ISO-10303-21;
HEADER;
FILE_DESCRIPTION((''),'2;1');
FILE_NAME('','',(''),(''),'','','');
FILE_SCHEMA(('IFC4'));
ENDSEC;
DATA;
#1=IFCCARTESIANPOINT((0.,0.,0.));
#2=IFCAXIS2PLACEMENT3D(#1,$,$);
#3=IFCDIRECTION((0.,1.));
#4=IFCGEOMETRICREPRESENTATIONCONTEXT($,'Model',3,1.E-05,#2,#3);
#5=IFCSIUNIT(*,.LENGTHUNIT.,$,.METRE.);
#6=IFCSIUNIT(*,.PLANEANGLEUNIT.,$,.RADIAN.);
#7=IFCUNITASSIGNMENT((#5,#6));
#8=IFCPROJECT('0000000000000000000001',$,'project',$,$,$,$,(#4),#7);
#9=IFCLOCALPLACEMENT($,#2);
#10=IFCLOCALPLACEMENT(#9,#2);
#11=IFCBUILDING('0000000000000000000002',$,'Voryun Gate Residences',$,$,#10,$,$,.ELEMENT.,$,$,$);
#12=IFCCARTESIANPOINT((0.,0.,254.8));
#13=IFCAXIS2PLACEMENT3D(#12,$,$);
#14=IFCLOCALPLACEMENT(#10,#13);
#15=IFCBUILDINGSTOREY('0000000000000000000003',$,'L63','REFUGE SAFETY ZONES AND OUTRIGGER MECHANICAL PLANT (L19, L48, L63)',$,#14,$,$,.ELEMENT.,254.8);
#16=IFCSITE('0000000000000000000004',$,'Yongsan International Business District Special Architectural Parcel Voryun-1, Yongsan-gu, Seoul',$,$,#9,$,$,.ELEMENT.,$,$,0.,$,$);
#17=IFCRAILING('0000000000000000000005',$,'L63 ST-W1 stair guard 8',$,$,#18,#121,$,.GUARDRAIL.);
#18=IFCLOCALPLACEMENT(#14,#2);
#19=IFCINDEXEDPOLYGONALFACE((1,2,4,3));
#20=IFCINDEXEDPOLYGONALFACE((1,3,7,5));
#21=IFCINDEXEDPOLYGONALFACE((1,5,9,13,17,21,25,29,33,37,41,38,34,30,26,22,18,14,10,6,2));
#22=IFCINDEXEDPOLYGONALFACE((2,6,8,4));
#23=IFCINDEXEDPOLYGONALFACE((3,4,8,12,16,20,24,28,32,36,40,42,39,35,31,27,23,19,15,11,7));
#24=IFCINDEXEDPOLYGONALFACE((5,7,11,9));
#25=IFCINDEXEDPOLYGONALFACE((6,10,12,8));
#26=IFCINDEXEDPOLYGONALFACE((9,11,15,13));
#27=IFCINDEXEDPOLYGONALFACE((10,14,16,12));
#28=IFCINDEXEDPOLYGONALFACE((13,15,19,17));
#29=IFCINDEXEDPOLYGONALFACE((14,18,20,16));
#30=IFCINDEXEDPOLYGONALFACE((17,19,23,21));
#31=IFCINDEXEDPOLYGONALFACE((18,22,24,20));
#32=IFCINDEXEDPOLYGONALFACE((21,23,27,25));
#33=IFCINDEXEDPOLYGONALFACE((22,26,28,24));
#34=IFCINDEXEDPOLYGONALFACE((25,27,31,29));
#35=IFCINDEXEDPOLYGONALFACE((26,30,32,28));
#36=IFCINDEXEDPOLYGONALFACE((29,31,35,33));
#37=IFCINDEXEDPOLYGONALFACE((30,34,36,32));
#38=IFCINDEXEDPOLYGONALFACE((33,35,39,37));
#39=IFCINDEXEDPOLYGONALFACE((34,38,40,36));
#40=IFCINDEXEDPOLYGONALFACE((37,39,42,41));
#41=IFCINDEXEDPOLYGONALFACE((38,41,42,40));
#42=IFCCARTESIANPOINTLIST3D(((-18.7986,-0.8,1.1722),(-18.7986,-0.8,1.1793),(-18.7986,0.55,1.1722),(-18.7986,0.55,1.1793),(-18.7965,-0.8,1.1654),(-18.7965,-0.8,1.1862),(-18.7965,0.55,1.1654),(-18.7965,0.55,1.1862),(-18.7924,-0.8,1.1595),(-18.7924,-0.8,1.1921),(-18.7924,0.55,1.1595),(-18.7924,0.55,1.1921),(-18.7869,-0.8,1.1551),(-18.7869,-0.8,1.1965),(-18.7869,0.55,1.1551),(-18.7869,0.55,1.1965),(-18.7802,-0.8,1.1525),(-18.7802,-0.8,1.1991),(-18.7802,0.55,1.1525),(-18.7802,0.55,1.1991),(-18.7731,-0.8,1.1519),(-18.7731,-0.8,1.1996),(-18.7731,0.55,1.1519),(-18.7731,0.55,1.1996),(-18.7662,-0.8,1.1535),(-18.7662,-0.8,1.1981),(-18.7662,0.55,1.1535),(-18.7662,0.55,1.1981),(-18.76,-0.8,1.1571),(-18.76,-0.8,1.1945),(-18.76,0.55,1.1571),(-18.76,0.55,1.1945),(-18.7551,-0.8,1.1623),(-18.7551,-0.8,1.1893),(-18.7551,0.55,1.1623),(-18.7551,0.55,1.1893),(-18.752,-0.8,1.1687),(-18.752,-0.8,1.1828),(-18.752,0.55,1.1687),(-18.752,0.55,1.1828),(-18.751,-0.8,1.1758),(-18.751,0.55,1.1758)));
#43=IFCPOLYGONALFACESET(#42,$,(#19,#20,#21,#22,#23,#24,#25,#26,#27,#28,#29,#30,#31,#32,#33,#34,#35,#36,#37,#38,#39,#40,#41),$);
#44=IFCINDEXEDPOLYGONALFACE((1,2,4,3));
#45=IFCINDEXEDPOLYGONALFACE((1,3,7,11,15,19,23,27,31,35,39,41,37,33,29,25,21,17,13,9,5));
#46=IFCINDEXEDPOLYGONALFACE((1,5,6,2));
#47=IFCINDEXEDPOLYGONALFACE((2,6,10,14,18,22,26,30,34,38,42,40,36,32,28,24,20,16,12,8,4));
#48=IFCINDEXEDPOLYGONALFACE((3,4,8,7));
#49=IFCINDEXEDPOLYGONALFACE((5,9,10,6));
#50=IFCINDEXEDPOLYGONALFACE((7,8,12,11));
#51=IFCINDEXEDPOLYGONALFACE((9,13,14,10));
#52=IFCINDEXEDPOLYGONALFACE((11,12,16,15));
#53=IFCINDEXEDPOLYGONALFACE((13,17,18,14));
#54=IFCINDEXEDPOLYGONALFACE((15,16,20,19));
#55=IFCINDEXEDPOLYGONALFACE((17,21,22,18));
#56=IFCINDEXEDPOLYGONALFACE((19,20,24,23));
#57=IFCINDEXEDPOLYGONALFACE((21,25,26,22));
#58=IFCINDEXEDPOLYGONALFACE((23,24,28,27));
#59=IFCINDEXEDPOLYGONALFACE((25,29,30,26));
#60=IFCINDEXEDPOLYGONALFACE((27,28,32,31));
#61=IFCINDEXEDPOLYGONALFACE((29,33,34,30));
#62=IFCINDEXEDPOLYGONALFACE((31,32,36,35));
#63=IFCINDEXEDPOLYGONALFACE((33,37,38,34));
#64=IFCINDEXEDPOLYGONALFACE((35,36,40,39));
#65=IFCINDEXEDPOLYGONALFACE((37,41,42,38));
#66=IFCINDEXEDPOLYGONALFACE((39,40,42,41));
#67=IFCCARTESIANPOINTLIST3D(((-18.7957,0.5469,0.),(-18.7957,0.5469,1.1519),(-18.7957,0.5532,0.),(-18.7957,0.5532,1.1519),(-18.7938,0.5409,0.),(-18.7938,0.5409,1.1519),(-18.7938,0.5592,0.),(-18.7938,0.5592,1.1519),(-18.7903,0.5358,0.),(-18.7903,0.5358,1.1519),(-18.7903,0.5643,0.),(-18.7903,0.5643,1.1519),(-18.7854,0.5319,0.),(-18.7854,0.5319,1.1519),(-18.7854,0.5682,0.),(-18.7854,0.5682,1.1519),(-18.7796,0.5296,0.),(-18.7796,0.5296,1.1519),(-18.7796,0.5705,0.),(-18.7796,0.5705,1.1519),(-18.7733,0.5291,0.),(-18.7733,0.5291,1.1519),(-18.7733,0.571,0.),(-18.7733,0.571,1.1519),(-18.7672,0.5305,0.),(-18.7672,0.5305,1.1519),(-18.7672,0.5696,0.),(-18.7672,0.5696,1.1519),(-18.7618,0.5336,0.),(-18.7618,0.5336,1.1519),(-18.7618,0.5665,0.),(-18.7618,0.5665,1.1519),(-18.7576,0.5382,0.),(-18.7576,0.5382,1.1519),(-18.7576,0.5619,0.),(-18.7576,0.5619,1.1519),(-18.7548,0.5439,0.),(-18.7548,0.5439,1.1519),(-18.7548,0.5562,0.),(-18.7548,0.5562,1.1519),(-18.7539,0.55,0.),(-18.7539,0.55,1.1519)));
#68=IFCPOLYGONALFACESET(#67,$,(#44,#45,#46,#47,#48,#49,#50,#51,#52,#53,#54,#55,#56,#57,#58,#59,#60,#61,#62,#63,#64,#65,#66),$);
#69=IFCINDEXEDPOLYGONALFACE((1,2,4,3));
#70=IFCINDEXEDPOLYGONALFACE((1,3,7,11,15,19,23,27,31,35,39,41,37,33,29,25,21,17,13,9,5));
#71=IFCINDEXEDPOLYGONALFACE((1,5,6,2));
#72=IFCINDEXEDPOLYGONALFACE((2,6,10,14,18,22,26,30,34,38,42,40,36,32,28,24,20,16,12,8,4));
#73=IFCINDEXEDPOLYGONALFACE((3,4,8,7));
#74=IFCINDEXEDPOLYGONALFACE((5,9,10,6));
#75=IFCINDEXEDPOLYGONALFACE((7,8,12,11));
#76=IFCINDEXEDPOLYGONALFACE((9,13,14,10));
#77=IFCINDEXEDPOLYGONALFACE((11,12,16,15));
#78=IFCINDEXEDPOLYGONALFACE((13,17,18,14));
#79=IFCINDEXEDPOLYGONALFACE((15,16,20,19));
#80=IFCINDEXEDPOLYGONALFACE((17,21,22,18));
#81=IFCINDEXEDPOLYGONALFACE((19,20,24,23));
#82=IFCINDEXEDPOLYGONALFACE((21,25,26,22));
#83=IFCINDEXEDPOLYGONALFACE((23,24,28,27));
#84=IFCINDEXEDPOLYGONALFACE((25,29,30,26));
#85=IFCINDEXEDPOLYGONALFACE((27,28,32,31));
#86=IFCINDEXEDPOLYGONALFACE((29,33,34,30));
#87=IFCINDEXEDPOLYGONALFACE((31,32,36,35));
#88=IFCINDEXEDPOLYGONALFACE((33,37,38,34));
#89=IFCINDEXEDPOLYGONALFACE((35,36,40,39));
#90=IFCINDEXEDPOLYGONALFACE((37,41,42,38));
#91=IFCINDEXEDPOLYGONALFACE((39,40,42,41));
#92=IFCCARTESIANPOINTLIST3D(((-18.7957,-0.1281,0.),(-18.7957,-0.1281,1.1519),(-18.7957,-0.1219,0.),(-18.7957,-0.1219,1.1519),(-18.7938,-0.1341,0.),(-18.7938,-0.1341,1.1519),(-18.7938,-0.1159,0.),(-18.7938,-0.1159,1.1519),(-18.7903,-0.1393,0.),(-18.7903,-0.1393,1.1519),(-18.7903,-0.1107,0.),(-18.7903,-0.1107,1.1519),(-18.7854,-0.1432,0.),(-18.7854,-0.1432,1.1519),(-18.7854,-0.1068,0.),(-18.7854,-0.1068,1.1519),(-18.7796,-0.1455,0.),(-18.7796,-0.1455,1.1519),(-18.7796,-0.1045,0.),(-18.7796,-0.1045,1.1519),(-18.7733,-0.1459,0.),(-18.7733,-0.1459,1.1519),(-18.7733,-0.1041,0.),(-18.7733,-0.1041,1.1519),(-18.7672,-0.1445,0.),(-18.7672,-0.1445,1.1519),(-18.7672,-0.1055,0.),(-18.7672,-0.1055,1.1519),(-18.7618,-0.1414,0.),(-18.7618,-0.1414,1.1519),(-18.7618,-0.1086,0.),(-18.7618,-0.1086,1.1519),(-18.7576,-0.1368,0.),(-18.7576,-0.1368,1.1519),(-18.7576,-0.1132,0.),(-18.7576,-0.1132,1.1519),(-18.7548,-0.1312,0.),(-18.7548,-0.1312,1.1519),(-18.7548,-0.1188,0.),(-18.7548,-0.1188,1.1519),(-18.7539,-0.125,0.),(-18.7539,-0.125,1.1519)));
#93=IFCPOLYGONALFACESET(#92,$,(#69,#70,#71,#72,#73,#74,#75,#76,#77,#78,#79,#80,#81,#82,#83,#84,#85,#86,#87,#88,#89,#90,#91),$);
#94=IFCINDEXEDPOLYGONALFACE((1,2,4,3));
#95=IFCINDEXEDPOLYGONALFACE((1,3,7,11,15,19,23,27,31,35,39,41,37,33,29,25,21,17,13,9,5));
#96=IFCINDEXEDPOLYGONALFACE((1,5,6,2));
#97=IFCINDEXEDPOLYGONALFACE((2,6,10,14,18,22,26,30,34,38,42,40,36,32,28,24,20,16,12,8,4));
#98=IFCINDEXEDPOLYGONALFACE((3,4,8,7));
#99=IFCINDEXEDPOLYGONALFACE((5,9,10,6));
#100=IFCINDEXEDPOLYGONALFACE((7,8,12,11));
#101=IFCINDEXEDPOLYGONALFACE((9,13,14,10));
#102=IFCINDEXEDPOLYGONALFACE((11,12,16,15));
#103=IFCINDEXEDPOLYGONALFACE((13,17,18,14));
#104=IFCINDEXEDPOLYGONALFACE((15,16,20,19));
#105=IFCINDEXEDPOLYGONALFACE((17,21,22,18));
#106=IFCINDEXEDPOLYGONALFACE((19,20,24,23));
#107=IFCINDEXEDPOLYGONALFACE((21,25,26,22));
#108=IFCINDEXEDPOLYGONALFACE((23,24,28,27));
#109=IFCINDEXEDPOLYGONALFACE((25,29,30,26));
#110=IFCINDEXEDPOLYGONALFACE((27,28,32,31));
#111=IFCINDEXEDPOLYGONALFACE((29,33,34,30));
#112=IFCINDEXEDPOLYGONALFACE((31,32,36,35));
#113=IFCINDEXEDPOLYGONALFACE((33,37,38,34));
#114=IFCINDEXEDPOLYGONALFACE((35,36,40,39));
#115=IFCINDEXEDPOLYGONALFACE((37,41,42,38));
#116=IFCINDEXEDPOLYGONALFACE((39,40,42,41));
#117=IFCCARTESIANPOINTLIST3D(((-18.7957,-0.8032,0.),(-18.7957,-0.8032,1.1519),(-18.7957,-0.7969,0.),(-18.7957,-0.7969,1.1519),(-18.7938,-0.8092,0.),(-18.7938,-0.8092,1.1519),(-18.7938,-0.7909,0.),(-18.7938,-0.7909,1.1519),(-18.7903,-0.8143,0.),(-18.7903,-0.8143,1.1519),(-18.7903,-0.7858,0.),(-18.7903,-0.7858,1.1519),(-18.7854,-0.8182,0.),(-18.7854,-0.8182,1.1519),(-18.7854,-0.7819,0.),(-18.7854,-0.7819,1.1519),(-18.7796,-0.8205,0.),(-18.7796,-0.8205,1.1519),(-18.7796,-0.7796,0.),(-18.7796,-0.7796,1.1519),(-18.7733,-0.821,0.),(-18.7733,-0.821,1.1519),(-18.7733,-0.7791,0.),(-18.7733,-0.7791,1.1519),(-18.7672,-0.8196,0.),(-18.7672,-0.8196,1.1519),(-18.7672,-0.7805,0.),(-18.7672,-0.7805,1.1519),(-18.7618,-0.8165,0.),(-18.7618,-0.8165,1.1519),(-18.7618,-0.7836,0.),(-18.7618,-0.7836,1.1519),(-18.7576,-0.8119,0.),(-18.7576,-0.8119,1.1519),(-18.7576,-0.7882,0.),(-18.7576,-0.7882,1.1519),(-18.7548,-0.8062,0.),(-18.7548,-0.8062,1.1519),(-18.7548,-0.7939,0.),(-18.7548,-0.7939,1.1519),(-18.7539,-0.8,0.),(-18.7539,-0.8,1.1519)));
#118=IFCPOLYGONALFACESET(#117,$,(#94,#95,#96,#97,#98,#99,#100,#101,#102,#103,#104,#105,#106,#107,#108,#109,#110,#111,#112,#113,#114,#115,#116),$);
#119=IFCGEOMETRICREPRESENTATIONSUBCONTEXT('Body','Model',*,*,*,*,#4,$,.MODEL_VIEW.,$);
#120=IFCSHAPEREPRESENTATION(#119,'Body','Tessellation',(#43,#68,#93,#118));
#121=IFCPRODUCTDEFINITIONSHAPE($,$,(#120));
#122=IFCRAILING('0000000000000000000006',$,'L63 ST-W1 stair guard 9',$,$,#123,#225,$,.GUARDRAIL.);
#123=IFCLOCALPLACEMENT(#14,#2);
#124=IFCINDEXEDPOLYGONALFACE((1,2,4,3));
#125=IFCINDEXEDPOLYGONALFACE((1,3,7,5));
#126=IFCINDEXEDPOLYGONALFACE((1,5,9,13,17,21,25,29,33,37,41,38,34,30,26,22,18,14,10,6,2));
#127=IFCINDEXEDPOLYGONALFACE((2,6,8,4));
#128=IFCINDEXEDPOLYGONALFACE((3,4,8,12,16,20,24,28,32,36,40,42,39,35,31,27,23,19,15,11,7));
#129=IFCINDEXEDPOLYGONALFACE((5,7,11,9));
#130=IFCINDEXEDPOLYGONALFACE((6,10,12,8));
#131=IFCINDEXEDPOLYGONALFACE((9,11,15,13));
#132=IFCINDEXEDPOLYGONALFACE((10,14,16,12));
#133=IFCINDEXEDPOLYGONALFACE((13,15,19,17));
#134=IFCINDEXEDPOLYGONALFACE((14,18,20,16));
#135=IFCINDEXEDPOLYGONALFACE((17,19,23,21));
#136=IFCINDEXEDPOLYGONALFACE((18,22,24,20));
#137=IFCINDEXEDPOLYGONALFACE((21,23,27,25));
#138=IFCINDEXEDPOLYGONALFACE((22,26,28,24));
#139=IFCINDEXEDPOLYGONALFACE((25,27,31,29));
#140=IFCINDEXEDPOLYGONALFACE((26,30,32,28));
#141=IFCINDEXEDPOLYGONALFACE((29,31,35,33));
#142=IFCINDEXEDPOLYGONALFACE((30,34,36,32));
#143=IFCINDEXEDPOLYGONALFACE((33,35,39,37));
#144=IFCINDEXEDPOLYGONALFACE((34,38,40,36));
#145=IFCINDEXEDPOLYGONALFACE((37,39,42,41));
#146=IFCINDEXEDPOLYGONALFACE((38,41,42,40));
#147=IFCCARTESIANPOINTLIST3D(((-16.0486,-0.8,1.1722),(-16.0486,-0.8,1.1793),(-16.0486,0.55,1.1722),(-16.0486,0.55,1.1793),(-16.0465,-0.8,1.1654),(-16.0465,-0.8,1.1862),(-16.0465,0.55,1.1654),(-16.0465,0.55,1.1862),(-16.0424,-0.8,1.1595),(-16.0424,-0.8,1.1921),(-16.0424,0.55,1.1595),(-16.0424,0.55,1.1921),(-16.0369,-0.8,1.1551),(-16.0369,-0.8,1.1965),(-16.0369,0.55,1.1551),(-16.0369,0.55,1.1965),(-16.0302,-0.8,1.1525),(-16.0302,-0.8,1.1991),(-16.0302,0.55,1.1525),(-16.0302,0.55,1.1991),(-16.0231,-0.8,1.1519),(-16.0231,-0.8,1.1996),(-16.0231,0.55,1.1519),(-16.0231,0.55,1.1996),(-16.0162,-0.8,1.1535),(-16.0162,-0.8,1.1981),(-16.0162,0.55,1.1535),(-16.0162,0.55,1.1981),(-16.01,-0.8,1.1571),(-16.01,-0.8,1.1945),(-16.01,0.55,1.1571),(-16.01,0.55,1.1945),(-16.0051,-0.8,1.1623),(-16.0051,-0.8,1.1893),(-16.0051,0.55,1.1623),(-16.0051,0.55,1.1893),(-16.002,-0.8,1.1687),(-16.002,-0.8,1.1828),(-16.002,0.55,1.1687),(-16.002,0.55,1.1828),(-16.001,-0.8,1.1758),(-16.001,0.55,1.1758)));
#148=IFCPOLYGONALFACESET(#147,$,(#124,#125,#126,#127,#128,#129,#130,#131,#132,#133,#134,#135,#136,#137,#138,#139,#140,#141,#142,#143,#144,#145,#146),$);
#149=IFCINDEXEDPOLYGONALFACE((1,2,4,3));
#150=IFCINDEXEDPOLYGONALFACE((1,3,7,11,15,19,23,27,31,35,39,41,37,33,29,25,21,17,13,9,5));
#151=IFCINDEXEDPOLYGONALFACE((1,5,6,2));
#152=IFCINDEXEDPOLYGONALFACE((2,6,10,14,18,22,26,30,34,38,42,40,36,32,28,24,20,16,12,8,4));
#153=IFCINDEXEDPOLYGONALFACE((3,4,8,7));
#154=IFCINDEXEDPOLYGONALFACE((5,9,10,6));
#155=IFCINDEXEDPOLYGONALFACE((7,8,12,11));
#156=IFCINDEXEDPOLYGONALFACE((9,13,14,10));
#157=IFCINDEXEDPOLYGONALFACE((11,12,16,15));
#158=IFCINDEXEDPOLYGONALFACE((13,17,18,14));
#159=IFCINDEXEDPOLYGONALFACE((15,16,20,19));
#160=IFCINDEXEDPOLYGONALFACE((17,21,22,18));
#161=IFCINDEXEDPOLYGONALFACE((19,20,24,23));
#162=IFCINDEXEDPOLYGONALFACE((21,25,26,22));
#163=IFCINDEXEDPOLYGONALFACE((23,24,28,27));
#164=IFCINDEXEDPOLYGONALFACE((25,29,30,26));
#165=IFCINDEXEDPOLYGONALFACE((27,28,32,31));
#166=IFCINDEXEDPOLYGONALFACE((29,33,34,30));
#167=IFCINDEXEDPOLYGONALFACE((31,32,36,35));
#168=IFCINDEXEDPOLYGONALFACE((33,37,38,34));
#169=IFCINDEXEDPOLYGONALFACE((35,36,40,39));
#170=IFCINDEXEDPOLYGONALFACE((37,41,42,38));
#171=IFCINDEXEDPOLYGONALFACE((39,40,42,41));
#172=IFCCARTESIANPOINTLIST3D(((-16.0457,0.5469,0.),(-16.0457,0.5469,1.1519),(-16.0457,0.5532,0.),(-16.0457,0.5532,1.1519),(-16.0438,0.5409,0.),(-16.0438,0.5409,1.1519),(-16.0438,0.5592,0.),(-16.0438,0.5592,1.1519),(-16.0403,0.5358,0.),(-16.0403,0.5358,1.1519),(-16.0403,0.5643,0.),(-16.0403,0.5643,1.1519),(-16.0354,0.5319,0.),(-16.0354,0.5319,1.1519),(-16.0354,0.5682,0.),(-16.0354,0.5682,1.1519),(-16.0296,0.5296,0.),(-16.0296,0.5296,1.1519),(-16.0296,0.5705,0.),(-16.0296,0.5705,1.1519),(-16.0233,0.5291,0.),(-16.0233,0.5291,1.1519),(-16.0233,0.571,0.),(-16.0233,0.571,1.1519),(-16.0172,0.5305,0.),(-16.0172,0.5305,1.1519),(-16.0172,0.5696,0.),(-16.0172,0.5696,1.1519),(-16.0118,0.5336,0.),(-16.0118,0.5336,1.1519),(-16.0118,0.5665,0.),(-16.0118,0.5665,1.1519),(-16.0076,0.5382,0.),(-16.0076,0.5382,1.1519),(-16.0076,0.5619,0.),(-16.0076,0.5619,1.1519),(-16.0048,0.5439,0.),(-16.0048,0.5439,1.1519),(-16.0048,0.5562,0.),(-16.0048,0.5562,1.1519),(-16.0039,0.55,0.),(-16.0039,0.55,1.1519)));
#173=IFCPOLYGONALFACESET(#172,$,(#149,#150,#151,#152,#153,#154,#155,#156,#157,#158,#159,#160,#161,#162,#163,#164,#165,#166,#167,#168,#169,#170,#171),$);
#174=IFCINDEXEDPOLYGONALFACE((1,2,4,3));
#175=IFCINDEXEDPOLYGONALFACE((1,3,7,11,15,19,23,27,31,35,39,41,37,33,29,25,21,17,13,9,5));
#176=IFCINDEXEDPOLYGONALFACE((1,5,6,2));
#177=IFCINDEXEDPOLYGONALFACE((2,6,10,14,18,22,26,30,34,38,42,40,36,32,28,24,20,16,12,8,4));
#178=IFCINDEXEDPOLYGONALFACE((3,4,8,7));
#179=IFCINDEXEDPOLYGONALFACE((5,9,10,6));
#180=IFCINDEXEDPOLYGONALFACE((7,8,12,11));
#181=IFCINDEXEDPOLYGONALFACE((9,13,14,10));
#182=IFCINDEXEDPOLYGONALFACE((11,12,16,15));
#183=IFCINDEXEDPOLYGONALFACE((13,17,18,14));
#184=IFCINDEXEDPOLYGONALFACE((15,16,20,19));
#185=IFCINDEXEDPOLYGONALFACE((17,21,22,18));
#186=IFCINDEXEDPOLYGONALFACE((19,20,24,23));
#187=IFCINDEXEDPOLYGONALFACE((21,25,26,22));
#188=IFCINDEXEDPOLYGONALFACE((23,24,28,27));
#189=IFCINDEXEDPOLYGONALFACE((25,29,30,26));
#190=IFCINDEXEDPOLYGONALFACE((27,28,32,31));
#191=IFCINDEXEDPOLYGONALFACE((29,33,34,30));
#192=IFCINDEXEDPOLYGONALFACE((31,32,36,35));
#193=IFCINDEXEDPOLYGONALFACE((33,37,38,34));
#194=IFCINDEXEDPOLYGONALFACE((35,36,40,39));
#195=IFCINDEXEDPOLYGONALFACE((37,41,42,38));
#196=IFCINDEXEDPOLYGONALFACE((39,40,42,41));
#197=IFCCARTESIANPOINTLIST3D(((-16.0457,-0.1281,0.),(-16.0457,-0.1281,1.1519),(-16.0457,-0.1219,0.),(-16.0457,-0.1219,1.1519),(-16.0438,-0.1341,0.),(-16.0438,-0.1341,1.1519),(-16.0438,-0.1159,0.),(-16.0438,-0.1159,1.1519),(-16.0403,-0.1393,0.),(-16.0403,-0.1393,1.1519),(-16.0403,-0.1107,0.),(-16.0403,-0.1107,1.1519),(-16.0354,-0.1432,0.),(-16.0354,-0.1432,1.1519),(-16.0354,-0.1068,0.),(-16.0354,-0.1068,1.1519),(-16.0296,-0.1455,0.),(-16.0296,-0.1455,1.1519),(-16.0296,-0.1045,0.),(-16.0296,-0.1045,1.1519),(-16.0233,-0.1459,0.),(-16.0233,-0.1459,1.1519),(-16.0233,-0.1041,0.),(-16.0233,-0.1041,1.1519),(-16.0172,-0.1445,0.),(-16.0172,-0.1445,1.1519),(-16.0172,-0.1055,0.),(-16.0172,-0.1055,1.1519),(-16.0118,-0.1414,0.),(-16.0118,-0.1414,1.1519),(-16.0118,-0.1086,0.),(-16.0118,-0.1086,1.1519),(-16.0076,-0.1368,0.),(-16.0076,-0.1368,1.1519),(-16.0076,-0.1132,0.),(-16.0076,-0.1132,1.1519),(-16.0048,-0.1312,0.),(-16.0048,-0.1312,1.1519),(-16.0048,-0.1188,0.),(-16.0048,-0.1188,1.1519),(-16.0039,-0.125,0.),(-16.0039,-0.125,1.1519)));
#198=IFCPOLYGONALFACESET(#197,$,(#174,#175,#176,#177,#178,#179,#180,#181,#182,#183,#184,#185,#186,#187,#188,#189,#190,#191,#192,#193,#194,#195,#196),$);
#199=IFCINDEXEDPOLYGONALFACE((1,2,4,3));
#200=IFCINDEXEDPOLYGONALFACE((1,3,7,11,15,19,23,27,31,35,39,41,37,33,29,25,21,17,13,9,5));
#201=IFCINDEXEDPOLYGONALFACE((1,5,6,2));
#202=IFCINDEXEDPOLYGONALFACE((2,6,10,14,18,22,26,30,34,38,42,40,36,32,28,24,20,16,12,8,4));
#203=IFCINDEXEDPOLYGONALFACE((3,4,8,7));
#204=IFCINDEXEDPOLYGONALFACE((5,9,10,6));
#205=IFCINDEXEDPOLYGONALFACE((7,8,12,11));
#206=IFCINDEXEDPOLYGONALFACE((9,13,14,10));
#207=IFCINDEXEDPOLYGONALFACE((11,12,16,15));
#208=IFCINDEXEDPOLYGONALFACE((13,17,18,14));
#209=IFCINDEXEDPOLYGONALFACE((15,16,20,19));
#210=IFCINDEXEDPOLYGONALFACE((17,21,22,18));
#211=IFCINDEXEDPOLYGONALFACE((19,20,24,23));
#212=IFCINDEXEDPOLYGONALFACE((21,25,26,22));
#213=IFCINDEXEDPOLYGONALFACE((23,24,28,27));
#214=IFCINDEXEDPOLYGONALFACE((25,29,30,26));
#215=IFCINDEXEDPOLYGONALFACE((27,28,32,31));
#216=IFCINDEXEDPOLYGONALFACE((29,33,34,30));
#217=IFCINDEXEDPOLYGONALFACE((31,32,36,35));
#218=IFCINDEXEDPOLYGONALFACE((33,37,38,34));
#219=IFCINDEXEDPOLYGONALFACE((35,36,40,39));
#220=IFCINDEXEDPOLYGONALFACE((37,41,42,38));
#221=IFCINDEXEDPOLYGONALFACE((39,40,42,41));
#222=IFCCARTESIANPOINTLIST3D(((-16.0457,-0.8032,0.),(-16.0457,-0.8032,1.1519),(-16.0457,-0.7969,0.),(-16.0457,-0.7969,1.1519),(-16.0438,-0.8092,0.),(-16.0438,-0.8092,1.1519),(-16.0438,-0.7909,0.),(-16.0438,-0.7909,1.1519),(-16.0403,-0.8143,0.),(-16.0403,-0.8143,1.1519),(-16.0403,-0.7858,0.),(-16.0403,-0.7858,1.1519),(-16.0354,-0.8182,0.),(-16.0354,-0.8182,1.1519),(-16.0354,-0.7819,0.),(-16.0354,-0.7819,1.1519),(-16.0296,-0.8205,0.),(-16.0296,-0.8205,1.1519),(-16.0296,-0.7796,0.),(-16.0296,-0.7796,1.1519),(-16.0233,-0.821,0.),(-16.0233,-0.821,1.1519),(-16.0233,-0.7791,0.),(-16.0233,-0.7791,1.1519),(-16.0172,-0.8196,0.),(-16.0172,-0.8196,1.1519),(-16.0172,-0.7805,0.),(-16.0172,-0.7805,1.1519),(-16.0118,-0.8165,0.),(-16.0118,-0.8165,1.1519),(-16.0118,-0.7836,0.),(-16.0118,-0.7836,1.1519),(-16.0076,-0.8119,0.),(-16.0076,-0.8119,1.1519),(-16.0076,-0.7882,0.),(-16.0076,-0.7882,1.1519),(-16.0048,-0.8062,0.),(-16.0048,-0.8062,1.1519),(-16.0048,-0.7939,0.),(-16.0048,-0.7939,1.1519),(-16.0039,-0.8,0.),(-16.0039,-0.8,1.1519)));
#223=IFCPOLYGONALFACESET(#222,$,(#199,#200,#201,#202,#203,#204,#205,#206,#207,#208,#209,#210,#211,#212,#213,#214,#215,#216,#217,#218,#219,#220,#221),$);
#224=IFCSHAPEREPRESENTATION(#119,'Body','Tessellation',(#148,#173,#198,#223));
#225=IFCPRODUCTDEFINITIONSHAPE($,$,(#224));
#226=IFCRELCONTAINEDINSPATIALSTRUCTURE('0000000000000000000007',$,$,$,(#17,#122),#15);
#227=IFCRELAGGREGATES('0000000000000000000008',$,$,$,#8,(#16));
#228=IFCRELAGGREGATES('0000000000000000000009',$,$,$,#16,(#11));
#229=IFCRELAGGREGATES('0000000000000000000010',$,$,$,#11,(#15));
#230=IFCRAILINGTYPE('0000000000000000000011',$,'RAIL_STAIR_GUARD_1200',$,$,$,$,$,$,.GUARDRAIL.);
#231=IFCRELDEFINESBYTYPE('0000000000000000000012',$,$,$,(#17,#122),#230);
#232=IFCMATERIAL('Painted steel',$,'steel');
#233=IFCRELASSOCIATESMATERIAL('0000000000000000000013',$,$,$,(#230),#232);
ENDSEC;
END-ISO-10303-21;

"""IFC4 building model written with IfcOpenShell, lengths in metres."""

from ifc_helpers import new_model, si_unit, direction, frame, origin, origin_2d, place, context, subcontext, project, spatial, circle, extrude, material, type_object, element, save


model = new_model("IFC4")

# Units and contexts
model_context = context("Model", 3, precision=1e-05, world=origin(), true_north=direction((0.0, 1.0)))
body_context = subcontext(model_context, "Body", "Model", "MODEL_VIEW")
ifc_project = project(units=[si_unit("LENGTHUNIT", "METRE"), si_unit("PLANEANGLEUNIT", "RADIAN")], contexts=[model_context])

# Site, building, storey
site_placement = place(None, origin())
site = spatial("IfcSite", under=ifc_project, at=site_placement, Name="Yongsan International Business District Special Architectural Parcel Voryun-1, Yongsan-gu, Seoul", CompositionType="ELEMENT", RefElevation=0.0)
building_placement = place(site_placement, origin())
building = spatial("IfcBuilding", under=site, at=building_placement, Name="Voryun Gate Residences", CompositionType="ELEMENT")
storey_placement = place(building_placement, frame((0.0, 0.0, 254.8)))
storey = spatial("IfcBuildingStorey", under=building, at=storey_placement, Name="L63", Description="REFUGE SAFETY ZONES AND OUTRIGGER MECHANICAL PLANT (L19, L48, L63)", CompositionType="ELEMENT", Elevation=254.8)

# Railings
ifc_material_1 = material(Name="Painted steel", Category="steel")
railing_type = type_object("IfcRailingType", Name="RAIL_STAIR_GUARD_1200", PredefinedType="GUARDRAIL", material=ifc_material_1)
for number, where, name in (
    (1, (-18.7749, 0.55, 0.0), "L63 ST-W1 stair guard 8"),
    (2, (-16.0249, 0.55, 0.0), "L63 ST-W1 stair guard 9"),
):
    element("IfcRailing", number, at=place(storey_placement, frame(where)), inside=storey, type_object=railing_type, Name=name, PredefinedType="GUARDRAIL", context=body_context, shape_type="SweptSolid", body=[
        extrude(circle(Radius=0.0239, at=origin_2d()), frame((0.0, 0.0, 1.1758), z_axis=(0.0, -1.0, 0.0), x_axis=(1.0, 0.0, 0.0)), (0.0, 0.0, 1.0), 1.3501),
        extrude(circle(Radius=0.021, at=origin_2d()), origin(), (0.0, 0.0, 1.0), 1.1519),
        extrude(circle(Radius=0.021, at=origin_2d()), frame((0.0, -0.675, 0.0)), (0.0, 0.0, 1.0), 1.1519),
        extrude(circle(Radius=0.021, at=origin_2d()), frame((0.0, -1.3501, 0.0)), (0.0, 0.0, 1.0), 1.1519),
    ])

save(model, "model.ifc")
